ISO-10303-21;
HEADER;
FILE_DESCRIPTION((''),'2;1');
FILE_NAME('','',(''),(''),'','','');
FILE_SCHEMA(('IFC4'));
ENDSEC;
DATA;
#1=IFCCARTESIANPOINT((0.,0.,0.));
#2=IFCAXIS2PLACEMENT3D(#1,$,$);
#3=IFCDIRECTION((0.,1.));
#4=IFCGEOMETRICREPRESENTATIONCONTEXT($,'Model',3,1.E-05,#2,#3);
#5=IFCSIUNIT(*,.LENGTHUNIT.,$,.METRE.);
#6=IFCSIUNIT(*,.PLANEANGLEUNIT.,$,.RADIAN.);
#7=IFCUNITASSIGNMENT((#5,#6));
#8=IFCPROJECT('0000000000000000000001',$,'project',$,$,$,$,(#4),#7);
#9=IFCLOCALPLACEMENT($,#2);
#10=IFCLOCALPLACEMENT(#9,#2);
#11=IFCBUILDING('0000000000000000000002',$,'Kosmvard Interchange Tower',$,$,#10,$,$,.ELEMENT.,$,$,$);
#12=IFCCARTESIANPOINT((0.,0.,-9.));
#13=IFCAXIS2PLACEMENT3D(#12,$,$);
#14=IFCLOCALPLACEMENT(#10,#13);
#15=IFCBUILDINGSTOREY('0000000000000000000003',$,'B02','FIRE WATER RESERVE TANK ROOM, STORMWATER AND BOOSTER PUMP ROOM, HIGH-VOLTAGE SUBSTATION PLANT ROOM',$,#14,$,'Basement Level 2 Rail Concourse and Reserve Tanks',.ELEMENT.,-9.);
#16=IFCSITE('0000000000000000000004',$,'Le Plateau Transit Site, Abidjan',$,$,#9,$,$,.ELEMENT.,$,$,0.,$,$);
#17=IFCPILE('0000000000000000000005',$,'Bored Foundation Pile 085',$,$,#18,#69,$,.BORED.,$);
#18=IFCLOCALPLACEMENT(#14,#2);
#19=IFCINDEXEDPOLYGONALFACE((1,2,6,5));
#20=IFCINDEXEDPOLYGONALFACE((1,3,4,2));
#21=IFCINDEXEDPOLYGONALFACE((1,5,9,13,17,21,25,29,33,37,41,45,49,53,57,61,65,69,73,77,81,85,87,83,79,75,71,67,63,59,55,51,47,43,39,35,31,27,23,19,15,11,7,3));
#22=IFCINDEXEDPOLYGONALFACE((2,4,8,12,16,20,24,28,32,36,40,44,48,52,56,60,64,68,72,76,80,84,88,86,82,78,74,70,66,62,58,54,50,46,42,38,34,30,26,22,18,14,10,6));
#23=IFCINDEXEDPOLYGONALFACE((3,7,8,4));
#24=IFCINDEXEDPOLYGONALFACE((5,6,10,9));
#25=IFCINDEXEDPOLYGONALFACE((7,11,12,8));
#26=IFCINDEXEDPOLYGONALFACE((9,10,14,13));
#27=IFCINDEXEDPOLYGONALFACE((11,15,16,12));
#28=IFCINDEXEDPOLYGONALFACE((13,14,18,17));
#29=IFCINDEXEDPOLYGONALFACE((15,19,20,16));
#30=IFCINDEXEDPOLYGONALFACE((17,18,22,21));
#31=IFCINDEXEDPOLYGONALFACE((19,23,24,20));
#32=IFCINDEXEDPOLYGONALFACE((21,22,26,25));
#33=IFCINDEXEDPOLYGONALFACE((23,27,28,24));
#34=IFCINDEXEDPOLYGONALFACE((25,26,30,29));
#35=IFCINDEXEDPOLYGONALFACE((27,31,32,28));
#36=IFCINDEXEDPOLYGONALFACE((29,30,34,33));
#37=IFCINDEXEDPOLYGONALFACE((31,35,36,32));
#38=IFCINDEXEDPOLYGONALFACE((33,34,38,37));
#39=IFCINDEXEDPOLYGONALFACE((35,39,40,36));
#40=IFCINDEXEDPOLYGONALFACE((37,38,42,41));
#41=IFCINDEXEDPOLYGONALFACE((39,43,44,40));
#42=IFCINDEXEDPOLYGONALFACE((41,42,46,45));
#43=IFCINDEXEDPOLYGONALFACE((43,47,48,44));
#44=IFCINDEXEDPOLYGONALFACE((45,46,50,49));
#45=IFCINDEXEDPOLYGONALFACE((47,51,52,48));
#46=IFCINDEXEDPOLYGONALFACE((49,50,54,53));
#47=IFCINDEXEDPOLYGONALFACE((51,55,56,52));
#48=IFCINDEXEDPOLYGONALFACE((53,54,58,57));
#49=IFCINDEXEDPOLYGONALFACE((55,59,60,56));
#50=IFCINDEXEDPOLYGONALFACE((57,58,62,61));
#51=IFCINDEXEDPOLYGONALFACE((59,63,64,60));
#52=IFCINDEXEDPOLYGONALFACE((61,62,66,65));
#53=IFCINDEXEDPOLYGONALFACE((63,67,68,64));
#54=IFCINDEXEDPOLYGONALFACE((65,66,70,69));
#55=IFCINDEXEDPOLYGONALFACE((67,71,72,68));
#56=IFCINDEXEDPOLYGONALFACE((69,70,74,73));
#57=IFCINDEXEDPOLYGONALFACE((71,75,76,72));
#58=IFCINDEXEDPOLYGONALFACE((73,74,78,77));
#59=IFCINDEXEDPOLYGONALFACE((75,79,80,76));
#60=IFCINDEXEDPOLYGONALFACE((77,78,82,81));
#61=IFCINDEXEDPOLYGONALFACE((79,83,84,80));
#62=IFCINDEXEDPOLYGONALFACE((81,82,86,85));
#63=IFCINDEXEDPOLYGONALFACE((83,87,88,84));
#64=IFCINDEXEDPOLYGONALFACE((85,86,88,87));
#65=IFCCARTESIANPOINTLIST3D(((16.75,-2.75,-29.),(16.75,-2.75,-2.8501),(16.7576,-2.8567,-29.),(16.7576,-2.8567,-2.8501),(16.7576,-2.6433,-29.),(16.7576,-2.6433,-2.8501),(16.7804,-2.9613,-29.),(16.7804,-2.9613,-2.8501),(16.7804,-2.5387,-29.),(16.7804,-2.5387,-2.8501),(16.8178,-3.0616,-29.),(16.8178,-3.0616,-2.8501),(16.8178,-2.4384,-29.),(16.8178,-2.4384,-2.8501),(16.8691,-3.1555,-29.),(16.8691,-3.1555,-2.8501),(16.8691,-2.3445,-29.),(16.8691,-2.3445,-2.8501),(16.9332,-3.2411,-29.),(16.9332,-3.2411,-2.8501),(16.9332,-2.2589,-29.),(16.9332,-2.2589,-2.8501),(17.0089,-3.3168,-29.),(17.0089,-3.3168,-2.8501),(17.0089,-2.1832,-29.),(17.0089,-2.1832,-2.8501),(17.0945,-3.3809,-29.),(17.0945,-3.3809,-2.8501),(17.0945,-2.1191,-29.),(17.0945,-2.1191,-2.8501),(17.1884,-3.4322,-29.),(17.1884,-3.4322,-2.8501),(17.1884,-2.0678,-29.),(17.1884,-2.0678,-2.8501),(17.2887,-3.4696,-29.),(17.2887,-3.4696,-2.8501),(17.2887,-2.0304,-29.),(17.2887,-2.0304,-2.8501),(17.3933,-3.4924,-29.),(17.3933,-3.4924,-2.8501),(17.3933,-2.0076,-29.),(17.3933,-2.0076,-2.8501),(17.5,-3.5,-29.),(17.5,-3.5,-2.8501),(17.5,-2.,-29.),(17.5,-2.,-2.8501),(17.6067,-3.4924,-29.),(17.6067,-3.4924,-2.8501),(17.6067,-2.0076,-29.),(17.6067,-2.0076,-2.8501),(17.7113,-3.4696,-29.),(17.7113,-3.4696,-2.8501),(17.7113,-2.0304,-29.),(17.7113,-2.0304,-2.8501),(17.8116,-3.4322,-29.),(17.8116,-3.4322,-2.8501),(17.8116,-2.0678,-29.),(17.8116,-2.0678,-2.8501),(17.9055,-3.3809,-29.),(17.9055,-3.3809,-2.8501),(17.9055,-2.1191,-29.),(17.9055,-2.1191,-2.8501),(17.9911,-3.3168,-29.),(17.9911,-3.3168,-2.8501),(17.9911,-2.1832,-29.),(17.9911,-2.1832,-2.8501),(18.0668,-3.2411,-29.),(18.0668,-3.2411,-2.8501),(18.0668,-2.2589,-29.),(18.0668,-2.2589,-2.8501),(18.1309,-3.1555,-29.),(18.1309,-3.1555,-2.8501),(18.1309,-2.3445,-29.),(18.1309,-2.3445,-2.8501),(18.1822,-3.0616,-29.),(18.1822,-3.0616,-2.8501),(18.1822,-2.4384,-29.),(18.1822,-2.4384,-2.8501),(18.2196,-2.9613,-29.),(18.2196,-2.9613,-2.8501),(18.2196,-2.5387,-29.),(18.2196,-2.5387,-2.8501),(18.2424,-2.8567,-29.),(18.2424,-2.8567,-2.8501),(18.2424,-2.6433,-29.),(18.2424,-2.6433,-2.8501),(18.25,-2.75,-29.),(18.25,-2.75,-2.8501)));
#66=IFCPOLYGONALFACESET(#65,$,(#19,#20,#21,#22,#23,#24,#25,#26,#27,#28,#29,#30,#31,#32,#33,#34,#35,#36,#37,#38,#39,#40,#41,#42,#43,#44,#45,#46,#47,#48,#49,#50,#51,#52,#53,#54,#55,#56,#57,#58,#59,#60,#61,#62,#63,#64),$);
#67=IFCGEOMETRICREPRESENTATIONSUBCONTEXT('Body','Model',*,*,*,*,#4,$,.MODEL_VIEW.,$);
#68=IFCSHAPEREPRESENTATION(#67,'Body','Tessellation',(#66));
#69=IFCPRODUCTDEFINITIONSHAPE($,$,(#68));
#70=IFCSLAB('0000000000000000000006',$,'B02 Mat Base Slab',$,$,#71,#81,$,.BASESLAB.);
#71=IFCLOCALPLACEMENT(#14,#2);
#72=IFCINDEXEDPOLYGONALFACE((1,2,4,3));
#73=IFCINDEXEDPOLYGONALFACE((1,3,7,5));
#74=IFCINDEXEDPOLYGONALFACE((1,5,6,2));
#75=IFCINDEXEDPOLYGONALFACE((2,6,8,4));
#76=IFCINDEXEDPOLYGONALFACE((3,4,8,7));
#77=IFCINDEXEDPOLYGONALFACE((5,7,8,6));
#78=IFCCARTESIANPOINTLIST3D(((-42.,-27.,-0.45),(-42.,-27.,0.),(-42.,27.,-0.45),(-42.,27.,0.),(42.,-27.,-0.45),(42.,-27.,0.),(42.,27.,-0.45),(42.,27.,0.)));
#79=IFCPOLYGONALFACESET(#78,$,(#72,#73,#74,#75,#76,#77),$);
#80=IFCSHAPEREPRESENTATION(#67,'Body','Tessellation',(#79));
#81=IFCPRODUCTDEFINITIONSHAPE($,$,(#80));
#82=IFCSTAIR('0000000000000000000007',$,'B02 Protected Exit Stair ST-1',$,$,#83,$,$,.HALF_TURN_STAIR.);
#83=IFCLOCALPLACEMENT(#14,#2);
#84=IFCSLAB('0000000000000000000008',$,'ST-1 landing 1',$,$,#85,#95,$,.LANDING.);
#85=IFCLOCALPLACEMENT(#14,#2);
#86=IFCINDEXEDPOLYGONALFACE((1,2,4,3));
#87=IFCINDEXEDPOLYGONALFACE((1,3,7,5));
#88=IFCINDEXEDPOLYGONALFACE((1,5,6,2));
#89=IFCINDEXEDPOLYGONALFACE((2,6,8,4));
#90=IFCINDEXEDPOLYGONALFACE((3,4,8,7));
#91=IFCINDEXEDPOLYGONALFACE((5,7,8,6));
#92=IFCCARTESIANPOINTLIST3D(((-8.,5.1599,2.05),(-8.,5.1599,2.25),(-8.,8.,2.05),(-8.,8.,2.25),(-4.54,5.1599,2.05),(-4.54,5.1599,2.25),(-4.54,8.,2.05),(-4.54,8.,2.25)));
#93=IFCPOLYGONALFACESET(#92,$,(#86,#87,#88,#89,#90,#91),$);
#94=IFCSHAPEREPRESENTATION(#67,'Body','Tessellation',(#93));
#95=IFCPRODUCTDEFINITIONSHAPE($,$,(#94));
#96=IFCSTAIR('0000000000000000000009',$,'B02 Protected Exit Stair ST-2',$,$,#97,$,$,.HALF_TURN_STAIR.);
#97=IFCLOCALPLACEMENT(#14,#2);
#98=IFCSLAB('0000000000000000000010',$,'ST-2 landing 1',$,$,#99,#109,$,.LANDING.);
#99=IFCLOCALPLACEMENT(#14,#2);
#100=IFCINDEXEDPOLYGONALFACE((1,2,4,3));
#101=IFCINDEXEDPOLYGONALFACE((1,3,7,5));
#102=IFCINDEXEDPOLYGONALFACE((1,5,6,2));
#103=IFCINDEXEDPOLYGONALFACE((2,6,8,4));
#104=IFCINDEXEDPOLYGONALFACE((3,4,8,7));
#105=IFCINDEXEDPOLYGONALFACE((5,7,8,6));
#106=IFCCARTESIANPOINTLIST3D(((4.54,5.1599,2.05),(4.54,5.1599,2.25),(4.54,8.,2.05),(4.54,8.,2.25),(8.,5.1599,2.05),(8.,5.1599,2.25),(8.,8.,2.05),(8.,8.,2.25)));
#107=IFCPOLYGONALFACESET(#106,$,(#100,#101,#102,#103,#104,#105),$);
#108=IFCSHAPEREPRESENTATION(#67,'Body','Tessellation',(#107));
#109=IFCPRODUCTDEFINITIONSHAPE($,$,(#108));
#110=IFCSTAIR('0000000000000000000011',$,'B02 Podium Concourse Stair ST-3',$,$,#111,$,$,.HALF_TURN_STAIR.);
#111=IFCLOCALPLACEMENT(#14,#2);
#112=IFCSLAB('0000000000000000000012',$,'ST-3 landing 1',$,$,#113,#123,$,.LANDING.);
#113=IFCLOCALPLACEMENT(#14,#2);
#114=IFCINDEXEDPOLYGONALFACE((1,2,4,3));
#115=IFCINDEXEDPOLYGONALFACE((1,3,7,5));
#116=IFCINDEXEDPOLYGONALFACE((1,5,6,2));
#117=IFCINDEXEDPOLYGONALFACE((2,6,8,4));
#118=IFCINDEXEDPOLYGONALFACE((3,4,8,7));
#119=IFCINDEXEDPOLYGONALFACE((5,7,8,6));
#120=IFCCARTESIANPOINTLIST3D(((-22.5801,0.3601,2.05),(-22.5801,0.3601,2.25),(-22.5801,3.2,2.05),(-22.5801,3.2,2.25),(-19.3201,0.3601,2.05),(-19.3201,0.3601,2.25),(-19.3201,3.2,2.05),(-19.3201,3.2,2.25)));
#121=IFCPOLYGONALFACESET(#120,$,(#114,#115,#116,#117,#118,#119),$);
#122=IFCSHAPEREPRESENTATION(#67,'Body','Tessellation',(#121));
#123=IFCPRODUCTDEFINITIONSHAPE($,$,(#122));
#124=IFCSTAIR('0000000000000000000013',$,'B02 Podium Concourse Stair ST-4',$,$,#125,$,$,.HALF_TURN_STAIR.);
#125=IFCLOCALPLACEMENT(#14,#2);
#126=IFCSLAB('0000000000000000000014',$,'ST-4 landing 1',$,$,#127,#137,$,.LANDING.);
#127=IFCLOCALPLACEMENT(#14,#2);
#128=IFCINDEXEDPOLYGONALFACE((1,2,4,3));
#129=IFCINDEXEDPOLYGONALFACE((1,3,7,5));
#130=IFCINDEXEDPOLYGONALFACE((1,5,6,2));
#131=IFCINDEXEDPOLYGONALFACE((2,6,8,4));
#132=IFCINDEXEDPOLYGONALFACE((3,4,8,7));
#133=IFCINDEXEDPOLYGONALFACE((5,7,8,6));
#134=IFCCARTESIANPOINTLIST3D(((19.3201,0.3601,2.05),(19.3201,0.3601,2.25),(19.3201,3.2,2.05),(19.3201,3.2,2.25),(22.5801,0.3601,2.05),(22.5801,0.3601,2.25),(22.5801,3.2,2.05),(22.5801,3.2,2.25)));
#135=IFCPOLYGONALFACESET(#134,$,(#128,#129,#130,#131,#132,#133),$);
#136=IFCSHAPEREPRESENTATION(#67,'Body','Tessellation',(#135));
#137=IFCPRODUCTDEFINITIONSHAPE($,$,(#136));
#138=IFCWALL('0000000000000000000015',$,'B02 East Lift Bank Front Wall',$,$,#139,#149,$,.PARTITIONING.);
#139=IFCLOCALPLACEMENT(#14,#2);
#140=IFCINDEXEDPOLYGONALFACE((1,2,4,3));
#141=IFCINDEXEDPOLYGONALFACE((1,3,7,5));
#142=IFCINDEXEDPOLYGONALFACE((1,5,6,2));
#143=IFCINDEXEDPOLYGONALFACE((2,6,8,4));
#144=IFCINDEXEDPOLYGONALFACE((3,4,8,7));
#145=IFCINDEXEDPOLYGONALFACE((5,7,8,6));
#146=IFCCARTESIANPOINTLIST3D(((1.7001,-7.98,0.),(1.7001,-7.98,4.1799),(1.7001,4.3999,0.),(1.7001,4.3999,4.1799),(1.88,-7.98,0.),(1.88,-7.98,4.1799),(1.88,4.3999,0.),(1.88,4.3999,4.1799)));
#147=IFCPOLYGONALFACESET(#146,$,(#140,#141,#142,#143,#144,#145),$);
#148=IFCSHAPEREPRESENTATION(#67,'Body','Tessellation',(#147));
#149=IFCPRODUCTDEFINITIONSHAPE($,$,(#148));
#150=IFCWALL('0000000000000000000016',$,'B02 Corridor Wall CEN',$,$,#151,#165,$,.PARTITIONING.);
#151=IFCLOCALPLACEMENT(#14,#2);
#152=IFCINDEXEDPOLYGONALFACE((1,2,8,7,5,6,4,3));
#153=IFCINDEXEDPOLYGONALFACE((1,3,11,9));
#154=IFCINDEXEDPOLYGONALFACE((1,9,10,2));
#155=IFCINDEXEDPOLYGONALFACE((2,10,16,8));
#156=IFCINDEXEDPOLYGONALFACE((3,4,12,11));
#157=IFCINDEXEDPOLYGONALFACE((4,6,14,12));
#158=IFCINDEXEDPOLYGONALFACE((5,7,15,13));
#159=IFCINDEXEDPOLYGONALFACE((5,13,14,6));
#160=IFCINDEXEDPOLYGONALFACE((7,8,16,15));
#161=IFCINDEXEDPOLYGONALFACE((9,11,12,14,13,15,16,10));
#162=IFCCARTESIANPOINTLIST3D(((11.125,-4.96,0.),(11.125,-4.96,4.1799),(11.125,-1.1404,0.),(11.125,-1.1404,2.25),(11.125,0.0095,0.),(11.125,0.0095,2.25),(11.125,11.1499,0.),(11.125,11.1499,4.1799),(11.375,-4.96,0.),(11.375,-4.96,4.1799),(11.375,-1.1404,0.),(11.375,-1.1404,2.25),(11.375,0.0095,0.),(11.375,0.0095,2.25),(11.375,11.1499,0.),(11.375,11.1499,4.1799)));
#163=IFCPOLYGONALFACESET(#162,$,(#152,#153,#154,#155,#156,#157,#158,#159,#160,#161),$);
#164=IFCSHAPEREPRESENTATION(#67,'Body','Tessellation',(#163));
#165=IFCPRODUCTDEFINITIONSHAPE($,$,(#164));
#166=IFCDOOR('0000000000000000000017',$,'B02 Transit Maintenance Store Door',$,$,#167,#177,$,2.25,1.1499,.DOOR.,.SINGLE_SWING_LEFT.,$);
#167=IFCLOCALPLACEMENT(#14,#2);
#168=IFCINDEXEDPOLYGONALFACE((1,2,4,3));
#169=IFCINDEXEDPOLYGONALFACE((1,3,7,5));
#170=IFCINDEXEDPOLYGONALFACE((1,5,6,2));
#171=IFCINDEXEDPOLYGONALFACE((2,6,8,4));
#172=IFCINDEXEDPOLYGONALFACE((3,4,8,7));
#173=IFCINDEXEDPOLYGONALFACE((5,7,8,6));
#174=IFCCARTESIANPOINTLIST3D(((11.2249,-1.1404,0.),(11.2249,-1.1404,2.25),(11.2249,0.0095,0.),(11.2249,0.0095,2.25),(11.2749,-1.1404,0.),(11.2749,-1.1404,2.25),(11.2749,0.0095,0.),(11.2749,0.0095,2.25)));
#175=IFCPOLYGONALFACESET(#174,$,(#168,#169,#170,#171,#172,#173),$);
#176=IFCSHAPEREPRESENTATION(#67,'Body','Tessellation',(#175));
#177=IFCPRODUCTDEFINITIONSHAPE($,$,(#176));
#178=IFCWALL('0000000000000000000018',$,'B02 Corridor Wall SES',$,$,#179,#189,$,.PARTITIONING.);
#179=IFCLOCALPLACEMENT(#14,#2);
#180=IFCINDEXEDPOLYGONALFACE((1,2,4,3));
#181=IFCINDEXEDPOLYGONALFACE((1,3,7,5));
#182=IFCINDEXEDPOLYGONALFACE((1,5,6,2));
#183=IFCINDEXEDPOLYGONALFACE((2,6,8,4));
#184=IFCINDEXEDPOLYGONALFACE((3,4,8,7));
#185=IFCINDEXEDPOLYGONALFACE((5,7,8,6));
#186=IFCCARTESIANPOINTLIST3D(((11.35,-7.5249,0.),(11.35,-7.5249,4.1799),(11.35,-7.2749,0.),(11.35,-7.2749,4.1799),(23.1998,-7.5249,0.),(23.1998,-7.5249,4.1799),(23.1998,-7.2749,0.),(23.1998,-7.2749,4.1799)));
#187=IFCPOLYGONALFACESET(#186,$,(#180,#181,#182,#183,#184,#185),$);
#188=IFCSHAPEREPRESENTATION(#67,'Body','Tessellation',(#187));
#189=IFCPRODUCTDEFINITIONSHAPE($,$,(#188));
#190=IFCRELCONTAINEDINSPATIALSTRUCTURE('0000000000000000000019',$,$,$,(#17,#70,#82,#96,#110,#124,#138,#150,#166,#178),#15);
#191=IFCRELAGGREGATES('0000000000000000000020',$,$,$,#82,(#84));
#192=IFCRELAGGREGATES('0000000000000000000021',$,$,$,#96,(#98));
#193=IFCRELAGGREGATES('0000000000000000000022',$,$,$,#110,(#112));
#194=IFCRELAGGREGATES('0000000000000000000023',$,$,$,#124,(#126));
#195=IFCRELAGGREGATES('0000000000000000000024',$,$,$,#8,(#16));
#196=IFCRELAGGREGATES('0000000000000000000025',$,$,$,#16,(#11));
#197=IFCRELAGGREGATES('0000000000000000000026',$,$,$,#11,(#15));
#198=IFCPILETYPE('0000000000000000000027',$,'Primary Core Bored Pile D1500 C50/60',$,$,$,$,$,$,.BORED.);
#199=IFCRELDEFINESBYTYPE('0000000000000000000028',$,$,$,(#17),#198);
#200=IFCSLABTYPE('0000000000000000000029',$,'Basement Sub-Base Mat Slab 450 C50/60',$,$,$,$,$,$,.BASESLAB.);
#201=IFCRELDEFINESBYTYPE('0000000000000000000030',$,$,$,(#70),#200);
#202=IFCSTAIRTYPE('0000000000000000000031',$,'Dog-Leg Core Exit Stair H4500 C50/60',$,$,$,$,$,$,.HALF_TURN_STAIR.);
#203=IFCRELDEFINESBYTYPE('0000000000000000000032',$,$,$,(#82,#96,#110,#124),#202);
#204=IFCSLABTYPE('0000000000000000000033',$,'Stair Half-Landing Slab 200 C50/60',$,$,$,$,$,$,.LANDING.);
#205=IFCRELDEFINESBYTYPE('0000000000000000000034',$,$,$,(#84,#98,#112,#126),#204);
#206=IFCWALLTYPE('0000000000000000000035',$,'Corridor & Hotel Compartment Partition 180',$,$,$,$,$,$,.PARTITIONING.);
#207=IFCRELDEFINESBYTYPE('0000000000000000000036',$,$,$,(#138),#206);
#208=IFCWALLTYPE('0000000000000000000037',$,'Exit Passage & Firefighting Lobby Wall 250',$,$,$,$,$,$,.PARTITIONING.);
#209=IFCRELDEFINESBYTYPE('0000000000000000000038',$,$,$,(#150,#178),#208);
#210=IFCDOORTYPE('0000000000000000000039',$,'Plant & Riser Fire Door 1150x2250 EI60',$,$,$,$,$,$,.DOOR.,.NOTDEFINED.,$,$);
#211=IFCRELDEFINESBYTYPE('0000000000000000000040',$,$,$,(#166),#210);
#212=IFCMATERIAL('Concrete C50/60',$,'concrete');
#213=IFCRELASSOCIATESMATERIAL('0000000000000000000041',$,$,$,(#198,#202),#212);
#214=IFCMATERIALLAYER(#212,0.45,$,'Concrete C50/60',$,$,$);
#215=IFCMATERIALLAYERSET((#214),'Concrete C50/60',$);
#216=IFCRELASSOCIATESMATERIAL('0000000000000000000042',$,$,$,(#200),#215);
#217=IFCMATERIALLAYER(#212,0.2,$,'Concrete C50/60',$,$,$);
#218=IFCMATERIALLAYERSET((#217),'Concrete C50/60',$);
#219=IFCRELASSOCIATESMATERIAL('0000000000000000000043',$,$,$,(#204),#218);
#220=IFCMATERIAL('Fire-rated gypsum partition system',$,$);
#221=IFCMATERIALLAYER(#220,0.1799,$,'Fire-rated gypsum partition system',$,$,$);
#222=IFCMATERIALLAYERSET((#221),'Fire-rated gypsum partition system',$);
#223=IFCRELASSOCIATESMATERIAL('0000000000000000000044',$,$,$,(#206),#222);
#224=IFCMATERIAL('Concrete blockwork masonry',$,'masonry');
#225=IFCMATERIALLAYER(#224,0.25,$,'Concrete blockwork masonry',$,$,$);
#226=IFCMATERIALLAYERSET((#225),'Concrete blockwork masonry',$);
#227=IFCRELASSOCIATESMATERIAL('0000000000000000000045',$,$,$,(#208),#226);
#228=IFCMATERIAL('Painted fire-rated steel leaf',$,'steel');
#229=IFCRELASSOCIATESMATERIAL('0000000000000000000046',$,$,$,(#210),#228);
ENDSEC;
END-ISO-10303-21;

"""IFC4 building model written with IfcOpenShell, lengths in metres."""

from ifc_helpers import new_model, si_unit, direction, frame, frame_2d, origin, origin_2d, place, context, subcontext, project, spatial, polyline, rectangle, circle, outline, extrude, source, transform, mapped, material, layer, layer_set, material_profile, profile_set, type_object, element, fill, aggregate, save


model = new_model("IFC4")

# Units and contexts
model_context = context("Model", 3, precision=1e-05, world=origin(), true_north=direction((0.0, 1.0)))
body_context = subcontext(model_context, "Body", "Model", "MODEL_VIEW")
ifc_project = project(units=[si_unit("LENGTHUNIT", "METRE"), si_unit("PLANEANGLEUNIT", "RADIAN")], contexts=[model_context])

# Site, building, storey
site_placement = place(None, origin())
site = spatial("IfcSite", under=ifc_project, at=site_placement, Name="Le Plateau Transit Site, Abidjan", CompositionType="ELEMENT", RefElevation=0.0)
building_placement = place(site_placement, origin())
building = spatial("IfcBuilding", under=site, at=building_placement, Name="Kosmvard Interchange Tower", CompositionType="ELEMENT")
storey_placement = place(building_placement, frame((0.0, 0.0, -9.0)))
storey = spatial("IfcBuildingStorey", under=building, at=storey_placement, Name="B02", Description="FIRE WATER RESERVE TANK ROOM, STORMWATER AND BOOSTER PUMP ROOM, HIGH-VOLTAGE SUBSTATION PLANT ROOM", LongName="Basement Level 2 Rail Concourse and Reserve Tanks", CompositionType="ELEMENT", Elevation=-9.0)

# Pile
ifc_material_1 = material(Name="Concrete C50/60", Category="concrete")
ifc_material_profile = material_profile(ifc_material_1, circle(Radius=0.75, at=origin_2d()), Name="PILE D1500")
ifc_profile_set = profile_set([ifc_material_profile], Name="Concrete C50/60")
pile_type = type_object("IfcPileType", Name="Primary Core Bored Pile D1500 C50/60", PredefinedType="BORED", material=ifc_profile_set)
shared_shape_1 = source(origin(), body_context, "Body", "SweptSolid", [
    extrude(circle(Radius=0.75, at=origin_2d()), origin(), (0.0, 0.0, 1.0), 26.1499),
])
for number, where, z_axis, x_axis, name in (
    (1, (17.5, -2.75, -2.8501), (0.0, 0.0, -1.0), (1.0, 0.0, 0.0), "Bored Foundation Pile 085"),
):
    element("IfcPile", number, at=place(storey_placement, frame(where, z_axis=z_axis, x_axis=x_axis)), inside=storey, type_object=pile_type, Name=name, PredefinedType="BORED", context=body_context, shape_type="MappedRepresentation", body=[
        mapped(shared_shape_1, transform((0.0, 0.0, 0.0), scale=1.0)),
    ])

# Slab
ifc_layer_1 = layer(ifc_material_1, 0.45, Name="Concrete C50/60")
ifc_layer_set_1 = layer_set([ifc_layer_1], Name="Concrete C50/60")
slab_type_1 = type_object("IfcSlabType", Name="Basement Sub-Base Mat Slab 450 C50/60", PredefinedType="BASESLAB", material=ifc_layer_set_1)
slab_1_placement = place(storey_placement, frame((0.0, 0.0, -0.45)))
element("IfcSlab", 2, at=slab_1_placement, inside=storey, type_object=slab_type_1, Name="B02 Mat Base Slab", PredefinedType="BASESLAB", context=body_context, shape_type="SweptSolid", body=[
    extrude(outline(polyline([(-42.0, -27.0), (42.0, -27.0), (42.0, 27.0), (-42.0, 27.0), (-42.0, -27.0)])), origin(), (0.0, 0.0, 1.0), 0.45),
])

# Stairs, slabs
stair_type = type_object("IfcStairType", Name="Dog-Leg Core Exit Stair H4500 C50/60", PredefinedType="HALF_TURN_STAIR", material=ifc_material_1)
stair_1_placement = place(storey_placement, origin())
stair_1 = element("IfcStair", 3, at=stair_1_placement, inside=storey, type_object=stair_type, Name="B02 Protected Exit Stair ST-1", PredefinedType="HALF_TURN_STAIR")
ifc_layer_2 = layer(ifc_material_1, 0.2, Name="Concrete C50/60")
ifc_layer_set_2 = layer_set([ifc_layer_2], Name="Concrete C50/60")
slab_type_2 = type_object("IfcSlabType", Name="Stair Half-Landing Slab 200 C50/60", PredefinedType="LANDING", material=ifc_layer_set_2)
slab_2_placement = place(storey_placement, frame((0.0, 0.0, 2.05)))
slab_2 = element("IfcSlab", 4, at=slab_2_placement, type_object=slab_type_2, Name="ST-1 landing 1", PredefinedType="LANDING", context=body_context, shape_type="SweptSolid", body=[
    extrude(outline(polyline([(-4.54, 5.1599), (-4.54, 8.0), (-8.0, 8.0), (-8.0, 5.1599), (-4.54, 5.1599)])), origin(), (0.0, 0.0, 1.0), 0.2),
])
aggregate(stair_1, [slab_2])
stair_2_placement = place(storey_placement, origin())
stair_2 = element("IfcStair", 5, at=stair_2_placement, inside=storey, type_object=stair_type, Name="B02 Protected Exit Stair ST-2", PredefinedType="HALF_TURN_STAIR")
slab_3_placement = place(storey_placement, frame((0.0, 0.0, 2.05)))
slab_3 = element("IfcSlab", 6, at=slab_3_placement, type_object=slab_type_2, Name="ST-2 landing 1", PredefinedType="LANDING", context=body_context, shape_type="SweptSolid", body=[
    extrude(outline(polyline([(8.0, 5.1599), (8.0, 8.0), (4.54, 8.0), (4.54, 5.1599), (8.0, 5.1599)])), origin(), (0.0, 0.0, 1.0), 0.2),
])
aggregate(stair_2, [slab_3])
stair_3_placement = place(storey_placement, origin())
stair_3 = element("IfcStair", 7, at=stair_3_placement, inside=storey, type_object=stair_type, Name="B02 Podium Concourse Stair ST-3", PredefinedType="HALF_TURN_STAIR")
slab_4_placement = place(storey_placement, frame((0.0, 0.0, 2.05)))
slab_4 = element("IfcSlab", 8, at=slab_4_placement, type_object=slab_type_2, Name="ST-3 landing 1", PredefinedType="LANDING", context=body_context, shape_type="SweptSolid", body=[
    extrude(outline(polyline([(-19.3201, 0.3601), (-19.3201, 3.2), (-22.5801, 3.2), (-22.5801, 0.3601), (-19.3201, 0.3601)])), origin(), (0.0, 0.0, 1.0), 0.2),
])
aggregate(stair_3, [slab_4])
stair_4_placement = place(storey_placement, origin())
stair_4 = element("IfcStair", 9, at=stair_4_placement, inside=storey, type_object=stair_type, Name="B02 Podium Concourse Stair ST-4", PredefinedType="HALF_TURN_STAIR")
slab_5_placement = place(storey_placement, frame((0.0, 0.0, 2.05)))
slab_5 = element("IfcSlab", 10, at=slab_5_placement, type_object=slab_type_2, Name="ST-4 landing 1", PredefinedType="LANDING", context=body_context, shape_type="SweptSolid", body=[
    extrude(outline(polyline([(22.5801, 0.3601), (22.5801, 3.2), (19.3201, 3.2), (19.3201, 0.3601), (22.5801, 0.3601)])), origin(), (0.0, 0.0, 1.0), 0.2),
])
aggregate(stair_4, [slab_5])

# Wall
ifc_material_2 = material(Name="Fire-rated gypsum partition system")
ifc_layer_3 = layer(ifc_material_2, 0.1799, Name="Fire-rated gypsum partition system")
ifc_layer_set_3 = layer_set([ifc_layer_3], Name="Fire-rated gypsum partition system")
wall_type_1 = type_object("IfcWallType", Name="Corridor & Hotel Compartment Partition 180", PredefinedType="PARTITIONING", material=ifc_layer_set_3)
wall_1_placement = place(storey_placement, frame((1.79, -7.98, 0.0), z_axis=(0.0, 0.0, 1.0), x_axis=(0.0, 1.0, 0.0)))
element("IfcWall", 11, at=wall_1_placement, inside=storey, type_object=wall_type_1, Name="B02 East Lift Bank Front Wall", PredefinedType="PARTITIONING", context=body_context, shape_type="SweptSolid", body=[
    extrude(rectangle(XDim=12.3799, YDim=0.1799, at=frame_2d((6.1899, 0.0))), origin(), (0.0, 0.0, 1.0), 4.1799),
])

# Wall, opening, door
ifc_material_3 = material(Name="Concrete blockwork masonry", Category="masonry")
ifc_layer_4 = layer(ifc_material_3, 0.25, Name="Concrete blockwork masonry")
ifc_layer_set_4 = layer_set([ifc_layer_4], Name="Concrete blockwork masonry")
wall_type_2 = type_object("IfcWallType", Name="Exit Passage & Firefighting Lobby Wall 250", PredefinedType="PARTITIONING", material=ifc_layer_set_4)
wall_2_placement = place(storey_placement, frame((11.25, -4.96, 0.0), z_axis=(0.0, 0.0, 1.0), x_axis=(0.0, 1.0, 0.0)))
wall_2 = element("IfcWall", 12, at=wall_2_placement, inside=storey, type_object=wall_type_2, Name="B02 Corridor Wall CEN", PredefinedType="PARTITIONING", context=body_context, shape_type="SweptSolid", body=[
    extrude(rectangle(XDim=16.1099, YDim=0.25, at=frame_2d((8.0549, 0.0))), origin(), (0.0, 0.0, 1.0), 4.1799),
])
opening_1_placement = place(wall_2_placement, frame((3.8196, 0.0, 0.0)))
opening_1 = element("IfcOpeningElement", 13, at=opening_1_placement, cuts=wall_2, PredefinedType="OPENING", context=body_context, shape_type="SweptSolid", body=[
    extrude(rectangle(XDim=1.1499, YDim=2.25, at=frame_2d((0.575, 1.125))), frame((0.0, 0.135, 0.0), z_axis=(0.0, -1.0, 0.0), x_axis=(1.0, 0.0, 0.0)), (0.0, 0.0, 1.0), 0.27),
])
ifc_material_4 = material(Name="Painted fire-rated steel leaf", Category="steel")
door_type_1 = type_object("IfcDoorType", Name="Plant & Riser Fire Door 1150x2250 EI60", OperationType="NOTDEFINED", PredefinedType="DOOR", material=ifc_material_4)
shared_shape_2 = source(origin(), body_context, "Body", "SweptSolid", [
    extrude(rectangle(XDim=1.1499, YDim=2.25, at=frame_2d((0.575, 1.125))), frame((0.0, 0.0249, 0.0), z_axis=(0.0, -1.0, 0.0), x_axis=(1.0, 0.0, 0.0)), (0.0, 0.0, 1.0), 0.05),
])
door_1_placement = place(opening_1_placement, frame((1.1499, 0.0, 0.0), z_axis=(0.0, 0.0, 1.0), x_axis=(-1.0, 0.0, 0.0)))
door_1 = element("IfcDoor", 14, at=door_1_placement, inside=storey, type_object=door_type_1, Name="B02 Transit Maintenance Store Door", OperationType="SINGLE_SWING_LEFT", OverallHeight=2.25, OverallWidth=1.1499, PredefinedType="DOOR", context=body_context, shape_type="MappedRepresentation", body=[
    mapped(shared_shape_2, transform((0.0, 0.0, 0.0), scale=1.0)),
])
fill(opening_1, door_1)

# Wall
wall_3_placement = place(storey_placement, frame((11.3501, -7.3999, 0.0), z_axis=(0.0, 0.0, 1.0), x_axis=(1.0, 0.0, 0.0)))
element("IfcWall", 15, at=wall_3_placement, inside=storey, type_object=wall_type_2, Name="B02 Corridor Wall SES", PredefinedType="PARTITIONING", context=body_context, shape_type="SweptSolid", body=[
    extrude(rectangle(XDim=11.8499, YDim=0.25, at=frame_2d((5.9248, 0.0))), origin(), (0.0, 0.0, 1.0), 4.1799),
])

save(model, "model.ifc")
